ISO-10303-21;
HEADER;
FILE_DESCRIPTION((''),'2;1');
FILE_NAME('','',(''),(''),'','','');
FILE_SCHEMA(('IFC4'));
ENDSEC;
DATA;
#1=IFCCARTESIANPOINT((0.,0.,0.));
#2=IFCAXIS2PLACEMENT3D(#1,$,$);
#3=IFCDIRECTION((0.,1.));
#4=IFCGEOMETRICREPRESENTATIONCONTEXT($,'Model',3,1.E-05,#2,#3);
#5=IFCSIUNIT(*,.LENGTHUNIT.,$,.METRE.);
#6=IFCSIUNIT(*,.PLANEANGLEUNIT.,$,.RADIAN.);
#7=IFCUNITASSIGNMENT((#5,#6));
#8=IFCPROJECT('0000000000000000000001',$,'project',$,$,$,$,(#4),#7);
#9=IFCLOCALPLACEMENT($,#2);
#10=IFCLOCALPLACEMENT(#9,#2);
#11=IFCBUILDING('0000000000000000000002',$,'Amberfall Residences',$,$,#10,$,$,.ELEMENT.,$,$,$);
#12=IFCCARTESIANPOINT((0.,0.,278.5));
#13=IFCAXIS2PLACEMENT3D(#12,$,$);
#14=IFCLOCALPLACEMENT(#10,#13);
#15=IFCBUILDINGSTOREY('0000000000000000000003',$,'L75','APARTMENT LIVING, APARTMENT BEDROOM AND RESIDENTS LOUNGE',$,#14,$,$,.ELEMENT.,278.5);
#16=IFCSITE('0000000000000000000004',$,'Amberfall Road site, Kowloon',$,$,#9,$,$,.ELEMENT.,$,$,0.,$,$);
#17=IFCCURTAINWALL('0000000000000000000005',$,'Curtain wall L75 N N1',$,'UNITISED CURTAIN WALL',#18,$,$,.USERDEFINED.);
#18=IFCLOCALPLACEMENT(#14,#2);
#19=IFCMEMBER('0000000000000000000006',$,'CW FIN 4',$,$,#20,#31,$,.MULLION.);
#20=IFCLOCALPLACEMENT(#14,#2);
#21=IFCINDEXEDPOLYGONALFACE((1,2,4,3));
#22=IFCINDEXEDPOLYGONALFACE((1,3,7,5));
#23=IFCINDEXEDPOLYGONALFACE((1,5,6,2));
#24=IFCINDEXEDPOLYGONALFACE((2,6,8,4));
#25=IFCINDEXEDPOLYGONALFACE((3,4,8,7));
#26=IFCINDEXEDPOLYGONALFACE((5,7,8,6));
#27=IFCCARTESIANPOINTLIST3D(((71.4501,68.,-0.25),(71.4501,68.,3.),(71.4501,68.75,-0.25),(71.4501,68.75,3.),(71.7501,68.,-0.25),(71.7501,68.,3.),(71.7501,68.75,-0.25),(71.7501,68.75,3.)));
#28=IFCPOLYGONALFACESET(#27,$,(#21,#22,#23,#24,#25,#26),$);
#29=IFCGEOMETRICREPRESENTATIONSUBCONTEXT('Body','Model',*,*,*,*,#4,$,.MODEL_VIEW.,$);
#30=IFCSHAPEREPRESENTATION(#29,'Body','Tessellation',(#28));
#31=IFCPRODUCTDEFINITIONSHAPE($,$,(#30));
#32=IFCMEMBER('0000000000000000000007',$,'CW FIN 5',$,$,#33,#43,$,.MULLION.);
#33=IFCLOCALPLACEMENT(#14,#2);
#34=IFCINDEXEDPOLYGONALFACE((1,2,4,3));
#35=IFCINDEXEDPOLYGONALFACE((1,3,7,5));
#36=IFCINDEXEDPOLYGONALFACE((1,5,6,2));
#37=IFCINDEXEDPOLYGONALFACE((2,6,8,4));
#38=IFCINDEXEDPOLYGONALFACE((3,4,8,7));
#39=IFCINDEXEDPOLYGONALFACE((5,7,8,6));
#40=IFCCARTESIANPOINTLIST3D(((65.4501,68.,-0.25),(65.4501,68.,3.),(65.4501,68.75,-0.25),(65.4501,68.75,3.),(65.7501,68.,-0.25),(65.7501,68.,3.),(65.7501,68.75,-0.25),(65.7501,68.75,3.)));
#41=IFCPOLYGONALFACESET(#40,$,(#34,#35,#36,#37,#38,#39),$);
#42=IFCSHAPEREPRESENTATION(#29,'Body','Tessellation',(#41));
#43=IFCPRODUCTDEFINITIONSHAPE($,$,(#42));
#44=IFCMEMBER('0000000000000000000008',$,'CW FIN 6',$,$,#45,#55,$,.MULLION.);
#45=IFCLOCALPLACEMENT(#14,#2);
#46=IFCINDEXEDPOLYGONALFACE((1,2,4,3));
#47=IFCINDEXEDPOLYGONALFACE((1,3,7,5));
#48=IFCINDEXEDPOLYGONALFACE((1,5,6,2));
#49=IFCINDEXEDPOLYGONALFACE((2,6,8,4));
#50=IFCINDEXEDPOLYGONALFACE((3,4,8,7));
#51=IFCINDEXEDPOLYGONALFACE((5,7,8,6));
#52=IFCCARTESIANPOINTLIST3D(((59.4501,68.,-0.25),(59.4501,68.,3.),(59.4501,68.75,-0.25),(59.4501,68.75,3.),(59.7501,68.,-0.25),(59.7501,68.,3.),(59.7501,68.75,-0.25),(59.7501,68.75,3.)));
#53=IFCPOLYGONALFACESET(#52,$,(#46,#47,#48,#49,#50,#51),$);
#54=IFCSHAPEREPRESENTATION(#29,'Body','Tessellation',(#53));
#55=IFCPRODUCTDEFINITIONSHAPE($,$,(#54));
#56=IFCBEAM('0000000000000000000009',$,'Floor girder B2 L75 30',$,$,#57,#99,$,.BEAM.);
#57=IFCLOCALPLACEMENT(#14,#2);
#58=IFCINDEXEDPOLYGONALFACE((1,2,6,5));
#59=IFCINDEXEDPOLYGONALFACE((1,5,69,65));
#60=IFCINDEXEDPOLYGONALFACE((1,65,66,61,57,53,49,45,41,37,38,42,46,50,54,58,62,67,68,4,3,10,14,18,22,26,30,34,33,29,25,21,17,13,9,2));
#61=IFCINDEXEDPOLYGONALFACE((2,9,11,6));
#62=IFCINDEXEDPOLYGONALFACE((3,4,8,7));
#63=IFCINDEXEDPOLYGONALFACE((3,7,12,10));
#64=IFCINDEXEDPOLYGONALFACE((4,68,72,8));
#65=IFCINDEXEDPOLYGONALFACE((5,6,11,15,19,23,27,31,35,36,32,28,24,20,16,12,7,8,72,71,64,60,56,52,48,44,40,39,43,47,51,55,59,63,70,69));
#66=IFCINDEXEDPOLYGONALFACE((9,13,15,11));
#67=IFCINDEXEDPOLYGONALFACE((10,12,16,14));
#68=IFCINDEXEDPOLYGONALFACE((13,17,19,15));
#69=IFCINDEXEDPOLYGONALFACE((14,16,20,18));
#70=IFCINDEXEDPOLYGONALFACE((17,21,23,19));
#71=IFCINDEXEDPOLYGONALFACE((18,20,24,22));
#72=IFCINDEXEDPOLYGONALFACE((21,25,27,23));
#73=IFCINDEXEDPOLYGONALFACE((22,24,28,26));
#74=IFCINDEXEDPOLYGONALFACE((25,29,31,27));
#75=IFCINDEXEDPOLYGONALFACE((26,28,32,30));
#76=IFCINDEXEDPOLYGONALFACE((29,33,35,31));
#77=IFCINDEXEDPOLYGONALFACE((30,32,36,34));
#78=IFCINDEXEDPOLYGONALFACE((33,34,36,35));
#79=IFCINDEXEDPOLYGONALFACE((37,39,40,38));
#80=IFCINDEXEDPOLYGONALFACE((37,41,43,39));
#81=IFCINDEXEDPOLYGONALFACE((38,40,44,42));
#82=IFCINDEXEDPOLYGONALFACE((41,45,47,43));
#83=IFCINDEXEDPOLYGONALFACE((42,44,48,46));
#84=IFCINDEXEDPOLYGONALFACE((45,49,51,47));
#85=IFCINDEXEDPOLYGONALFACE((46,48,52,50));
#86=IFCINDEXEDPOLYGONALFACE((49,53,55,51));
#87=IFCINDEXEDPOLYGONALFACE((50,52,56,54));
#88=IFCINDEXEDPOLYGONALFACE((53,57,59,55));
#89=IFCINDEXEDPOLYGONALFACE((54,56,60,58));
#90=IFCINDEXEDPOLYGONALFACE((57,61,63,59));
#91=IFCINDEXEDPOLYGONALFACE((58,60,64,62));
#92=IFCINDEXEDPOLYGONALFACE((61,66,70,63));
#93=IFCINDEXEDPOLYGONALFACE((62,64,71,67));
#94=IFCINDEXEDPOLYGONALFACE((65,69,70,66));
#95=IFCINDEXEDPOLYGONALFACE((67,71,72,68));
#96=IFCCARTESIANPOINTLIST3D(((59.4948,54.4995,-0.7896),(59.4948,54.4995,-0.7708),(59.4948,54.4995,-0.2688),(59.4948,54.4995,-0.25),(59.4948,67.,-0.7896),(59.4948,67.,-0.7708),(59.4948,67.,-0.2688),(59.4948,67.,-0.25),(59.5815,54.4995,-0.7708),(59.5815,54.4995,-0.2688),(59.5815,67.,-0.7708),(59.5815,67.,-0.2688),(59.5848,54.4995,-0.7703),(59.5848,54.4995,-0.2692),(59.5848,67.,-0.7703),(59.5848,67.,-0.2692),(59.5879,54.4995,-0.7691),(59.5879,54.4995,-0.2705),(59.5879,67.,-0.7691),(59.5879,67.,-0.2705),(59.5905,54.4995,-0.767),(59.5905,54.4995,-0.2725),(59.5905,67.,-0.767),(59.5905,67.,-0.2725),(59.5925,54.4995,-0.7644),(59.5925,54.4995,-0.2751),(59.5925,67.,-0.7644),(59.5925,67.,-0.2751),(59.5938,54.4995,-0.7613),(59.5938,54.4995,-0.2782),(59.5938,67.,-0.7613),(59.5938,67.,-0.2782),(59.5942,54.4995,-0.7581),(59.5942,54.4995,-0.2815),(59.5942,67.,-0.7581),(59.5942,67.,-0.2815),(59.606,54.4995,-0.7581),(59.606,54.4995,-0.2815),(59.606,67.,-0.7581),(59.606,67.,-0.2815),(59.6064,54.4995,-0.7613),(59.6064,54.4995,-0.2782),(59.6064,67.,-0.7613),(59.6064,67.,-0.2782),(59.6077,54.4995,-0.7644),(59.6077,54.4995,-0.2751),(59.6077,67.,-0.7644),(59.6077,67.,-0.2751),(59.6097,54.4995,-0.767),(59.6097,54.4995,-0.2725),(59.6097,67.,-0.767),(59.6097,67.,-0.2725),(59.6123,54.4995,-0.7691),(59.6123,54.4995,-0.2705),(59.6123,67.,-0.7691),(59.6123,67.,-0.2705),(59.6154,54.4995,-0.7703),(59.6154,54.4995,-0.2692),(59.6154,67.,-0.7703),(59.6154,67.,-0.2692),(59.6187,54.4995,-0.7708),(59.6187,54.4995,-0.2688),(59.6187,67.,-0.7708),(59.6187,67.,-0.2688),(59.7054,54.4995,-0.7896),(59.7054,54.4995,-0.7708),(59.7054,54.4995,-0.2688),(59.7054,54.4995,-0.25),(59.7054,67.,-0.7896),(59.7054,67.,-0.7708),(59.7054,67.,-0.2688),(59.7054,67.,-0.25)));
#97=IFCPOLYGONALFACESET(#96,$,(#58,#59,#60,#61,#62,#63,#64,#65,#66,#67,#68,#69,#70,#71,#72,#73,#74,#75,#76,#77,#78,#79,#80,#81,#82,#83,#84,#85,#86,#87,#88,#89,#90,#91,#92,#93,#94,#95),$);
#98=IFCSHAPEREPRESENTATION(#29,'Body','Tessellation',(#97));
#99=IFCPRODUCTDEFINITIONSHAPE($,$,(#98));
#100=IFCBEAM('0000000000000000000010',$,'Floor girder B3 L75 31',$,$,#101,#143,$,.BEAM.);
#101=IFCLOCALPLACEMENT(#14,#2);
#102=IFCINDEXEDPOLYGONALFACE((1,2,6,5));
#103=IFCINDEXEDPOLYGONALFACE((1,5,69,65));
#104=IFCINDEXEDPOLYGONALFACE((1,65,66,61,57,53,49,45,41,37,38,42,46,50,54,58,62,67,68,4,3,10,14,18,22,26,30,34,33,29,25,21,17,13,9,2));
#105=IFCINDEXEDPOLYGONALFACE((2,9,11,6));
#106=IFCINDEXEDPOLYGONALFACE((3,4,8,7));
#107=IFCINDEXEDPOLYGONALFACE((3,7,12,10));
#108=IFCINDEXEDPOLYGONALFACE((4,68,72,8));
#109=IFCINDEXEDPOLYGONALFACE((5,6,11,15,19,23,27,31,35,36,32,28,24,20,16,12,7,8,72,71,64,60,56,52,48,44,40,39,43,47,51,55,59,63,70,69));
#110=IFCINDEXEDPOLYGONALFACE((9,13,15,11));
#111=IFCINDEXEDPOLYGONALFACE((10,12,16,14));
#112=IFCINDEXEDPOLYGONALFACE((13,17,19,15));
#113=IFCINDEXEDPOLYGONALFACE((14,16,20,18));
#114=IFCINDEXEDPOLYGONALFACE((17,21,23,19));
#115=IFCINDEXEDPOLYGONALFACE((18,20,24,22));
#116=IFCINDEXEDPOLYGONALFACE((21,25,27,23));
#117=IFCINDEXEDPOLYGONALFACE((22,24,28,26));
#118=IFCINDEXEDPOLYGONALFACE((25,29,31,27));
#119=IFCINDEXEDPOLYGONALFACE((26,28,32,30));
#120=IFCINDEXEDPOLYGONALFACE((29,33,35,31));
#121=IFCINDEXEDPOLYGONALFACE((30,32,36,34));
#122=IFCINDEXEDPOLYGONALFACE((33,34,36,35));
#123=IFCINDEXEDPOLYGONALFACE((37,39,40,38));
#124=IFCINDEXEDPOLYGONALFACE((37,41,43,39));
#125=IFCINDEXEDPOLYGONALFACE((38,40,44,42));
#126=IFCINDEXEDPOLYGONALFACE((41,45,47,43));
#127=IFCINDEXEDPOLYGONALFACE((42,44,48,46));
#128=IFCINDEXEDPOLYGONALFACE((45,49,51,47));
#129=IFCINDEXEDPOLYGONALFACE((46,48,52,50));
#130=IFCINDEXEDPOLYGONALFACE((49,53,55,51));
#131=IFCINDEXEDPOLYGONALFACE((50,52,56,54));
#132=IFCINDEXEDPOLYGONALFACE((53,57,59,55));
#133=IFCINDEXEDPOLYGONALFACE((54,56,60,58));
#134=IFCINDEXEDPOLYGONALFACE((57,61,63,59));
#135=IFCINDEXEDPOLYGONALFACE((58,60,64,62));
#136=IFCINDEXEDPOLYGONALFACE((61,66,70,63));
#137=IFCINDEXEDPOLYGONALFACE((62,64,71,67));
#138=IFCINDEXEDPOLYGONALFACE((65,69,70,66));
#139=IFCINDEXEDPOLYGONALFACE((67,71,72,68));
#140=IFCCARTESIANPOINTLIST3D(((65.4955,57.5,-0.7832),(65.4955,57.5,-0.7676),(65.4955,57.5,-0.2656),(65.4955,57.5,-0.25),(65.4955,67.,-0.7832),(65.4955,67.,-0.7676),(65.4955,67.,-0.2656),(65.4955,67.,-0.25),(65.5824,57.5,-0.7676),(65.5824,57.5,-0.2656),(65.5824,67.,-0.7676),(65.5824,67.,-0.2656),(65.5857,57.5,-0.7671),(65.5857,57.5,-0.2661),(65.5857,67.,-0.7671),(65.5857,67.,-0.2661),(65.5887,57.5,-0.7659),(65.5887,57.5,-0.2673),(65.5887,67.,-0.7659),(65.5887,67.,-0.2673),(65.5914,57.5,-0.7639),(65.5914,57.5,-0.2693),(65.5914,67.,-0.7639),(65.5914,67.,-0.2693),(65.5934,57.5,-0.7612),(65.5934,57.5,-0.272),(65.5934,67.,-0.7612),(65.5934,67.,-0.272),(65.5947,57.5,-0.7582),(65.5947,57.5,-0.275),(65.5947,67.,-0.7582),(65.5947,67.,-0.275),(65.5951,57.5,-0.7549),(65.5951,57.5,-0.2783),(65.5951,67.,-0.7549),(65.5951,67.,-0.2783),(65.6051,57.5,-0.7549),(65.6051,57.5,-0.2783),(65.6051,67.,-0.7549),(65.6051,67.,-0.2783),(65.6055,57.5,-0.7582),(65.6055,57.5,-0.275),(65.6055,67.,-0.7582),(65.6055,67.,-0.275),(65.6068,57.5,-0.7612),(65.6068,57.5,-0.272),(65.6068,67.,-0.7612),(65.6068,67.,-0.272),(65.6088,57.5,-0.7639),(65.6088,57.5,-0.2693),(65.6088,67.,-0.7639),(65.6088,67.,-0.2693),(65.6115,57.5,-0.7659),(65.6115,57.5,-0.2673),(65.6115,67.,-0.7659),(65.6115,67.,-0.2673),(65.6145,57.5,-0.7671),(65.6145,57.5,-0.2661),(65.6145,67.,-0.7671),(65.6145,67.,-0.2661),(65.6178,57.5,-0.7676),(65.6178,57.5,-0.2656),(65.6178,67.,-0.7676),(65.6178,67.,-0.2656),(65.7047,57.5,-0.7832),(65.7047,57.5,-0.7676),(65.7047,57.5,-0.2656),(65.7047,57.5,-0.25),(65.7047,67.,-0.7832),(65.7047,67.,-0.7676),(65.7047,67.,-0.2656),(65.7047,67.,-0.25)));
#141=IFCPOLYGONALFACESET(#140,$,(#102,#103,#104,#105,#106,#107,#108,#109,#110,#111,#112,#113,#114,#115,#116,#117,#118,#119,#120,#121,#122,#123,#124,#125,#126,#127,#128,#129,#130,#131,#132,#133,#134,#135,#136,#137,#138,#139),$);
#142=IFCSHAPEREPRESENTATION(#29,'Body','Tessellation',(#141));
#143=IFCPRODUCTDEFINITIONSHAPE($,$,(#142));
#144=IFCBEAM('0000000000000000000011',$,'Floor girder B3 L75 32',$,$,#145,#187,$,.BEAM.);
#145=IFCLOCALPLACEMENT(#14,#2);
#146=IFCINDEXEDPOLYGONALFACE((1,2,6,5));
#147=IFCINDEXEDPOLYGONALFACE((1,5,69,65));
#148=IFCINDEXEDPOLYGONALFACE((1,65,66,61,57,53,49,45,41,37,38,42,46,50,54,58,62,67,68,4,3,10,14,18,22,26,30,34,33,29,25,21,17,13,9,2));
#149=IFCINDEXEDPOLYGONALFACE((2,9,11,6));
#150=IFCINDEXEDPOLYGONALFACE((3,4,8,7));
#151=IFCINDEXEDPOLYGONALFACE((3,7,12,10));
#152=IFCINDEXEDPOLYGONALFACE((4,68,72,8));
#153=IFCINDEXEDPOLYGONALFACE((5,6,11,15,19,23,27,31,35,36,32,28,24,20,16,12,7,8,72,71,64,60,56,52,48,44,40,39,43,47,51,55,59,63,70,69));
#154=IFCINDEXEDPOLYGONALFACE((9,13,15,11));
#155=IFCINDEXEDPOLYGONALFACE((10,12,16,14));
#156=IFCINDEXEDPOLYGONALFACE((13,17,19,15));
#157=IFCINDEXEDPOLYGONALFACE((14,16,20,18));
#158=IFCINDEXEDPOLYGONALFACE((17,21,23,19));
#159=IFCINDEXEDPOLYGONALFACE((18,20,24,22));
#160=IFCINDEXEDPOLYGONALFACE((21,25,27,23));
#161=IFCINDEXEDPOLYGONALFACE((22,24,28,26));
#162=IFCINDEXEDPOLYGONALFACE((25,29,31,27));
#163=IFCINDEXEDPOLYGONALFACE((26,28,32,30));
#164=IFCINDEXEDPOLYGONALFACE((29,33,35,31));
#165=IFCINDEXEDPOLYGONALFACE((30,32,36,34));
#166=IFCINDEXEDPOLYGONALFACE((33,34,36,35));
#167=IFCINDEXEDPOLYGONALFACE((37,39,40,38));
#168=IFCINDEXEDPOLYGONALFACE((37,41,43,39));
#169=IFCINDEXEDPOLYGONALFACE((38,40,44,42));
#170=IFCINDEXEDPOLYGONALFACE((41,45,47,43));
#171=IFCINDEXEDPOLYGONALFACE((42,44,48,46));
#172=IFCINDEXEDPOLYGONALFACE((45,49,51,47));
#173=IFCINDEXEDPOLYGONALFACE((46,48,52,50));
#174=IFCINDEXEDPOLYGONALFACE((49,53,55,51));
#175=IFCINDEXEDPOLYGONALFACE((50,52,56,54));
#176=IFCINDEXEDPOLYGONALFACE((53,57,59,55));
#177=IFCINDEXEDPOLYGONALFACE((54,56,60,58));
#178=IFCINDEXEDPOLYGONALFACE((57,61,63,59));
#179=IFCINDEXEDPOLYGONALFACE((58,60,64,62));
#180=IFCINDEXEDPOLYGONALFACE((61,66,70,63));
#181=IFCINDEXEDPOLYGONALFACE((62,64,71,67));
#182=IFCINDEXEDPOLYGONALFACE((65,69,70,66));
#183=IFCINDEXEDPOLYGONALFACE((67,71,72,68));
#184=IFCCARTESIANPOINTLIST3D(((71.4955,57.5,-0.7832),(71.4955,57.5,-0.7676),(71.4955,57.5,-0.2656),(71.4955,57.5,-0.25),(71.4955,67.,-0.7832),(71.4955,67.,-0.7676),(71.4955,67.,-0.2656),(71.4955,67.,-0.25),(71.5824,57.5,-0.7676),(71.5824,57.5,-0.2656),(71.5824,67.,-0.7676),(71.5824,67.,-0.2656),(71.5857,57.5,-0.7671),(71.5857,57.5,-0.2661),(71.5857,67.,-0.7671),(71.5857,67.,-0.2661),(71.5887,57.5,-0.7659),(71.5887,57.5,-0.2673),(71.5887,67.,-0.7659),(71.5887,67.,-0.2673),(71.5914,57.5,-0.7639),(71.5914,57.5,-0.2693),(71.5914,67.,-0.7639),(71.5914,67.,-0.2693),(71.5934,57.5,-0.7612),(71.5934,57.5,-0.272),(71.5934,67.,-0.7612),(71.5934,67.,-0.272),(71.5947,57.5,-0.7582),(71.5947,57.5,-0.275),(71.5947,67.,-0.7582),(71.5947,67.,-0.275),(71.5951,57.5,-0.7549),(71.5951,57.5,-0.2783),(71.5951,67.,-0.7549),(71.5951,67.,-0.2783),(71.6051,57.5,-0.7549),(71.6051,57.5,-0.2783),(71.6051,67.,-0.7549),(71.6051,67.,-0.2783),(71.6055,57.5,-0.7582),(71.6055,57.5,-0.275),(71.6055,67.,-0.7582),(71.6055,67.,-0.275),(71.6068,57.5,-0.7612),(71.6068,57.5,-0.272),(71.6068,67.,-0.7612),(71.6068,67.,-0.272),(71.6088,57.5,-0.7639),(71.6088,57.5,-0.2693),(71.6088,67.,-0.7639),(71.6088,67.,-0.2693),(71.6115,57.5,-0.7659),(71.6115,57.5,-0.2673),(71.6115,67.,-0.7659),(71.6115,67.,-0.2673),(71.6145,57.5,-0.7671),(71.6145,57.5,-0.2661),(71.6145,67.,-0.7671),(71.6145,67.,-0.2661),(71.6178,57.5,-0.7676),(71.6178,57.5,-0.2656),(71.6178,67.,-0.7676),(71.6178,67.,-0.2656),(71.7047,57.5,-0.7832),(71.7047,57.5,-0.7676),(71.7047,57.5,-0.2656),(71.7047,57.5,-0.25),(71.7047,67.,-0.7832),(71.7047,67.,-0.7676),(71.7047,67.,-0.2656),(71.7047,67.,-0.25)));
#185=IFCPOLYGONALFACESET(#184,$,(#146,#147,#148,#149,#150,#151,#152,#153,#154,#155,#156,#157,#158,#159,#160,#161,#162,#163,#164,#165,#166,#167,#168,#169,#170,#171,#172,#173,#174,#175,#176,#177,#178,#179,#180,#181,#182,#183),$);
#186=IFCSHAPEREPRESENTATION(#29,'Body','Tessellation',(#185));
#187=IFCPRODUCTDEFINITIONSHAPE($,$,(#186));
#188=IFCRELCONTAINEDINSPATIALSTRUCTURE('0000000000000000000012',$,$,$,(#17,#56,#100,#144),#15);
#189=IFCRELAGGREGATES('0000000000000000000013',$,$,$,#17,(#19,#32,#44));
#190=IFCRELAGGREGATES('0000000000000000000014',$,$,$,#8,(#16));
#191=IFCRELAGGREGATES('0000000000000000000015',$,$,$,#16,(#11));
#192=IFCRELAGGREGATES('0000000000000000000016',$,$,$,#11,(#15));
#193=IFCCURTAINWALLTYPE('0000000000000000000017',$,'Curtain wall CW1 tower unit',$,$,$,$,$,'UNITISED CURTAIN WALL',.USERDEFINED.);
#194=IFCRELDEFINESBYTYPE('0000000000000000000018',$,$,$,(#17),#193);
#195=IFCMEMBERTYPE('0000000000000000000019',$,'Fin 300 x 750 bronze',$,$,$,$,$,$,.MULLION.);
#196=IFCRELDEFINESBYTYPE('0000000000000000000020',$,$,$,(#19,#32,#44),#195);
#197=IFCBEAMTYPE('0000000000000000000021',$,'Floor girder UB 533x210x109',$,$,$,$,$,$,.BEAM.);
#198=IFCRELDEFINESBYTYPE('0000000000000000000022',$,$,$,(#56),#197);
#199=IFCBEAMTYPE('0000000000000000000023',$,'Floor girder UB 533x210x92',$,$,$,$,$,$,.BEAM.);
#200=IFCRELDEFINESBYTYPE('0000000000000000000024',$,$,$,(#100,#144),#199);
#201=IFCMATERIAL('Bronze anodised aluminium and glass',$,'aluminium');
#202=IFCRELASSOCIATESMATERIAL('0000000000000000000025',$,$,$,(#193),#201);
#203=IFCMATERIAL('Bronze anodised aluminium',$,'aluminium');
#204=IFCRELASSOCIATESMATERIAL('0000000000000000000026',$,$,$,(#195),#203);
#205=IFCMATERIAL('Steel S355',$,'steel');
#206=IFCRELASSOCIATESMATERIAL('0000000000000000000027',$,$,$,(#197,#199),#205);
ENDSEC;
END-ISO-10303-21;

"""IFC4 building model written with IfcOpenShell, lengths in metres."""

from ifc_helpers import new_model, si_unit, direction, frame, origin, origin_2d, place, context, subcontext, project, spatial, rectangle, i_section, extrude, material, material_profile, profile_set, type_object, element, aggregate, save


model = new_model("IFC4")

# Units and contexts
model_context = context("Model", 3, precision=1e-05, world=origin(), true_north=direction((0.0, 1.0)))
body_context = subcontext(model_context, "Body", "Model", "MODEL_VIEW")
ifc_project = project(units=[si_unit("LENGTHUNIT", "METRE"), si_unit("PLANEANGLEUNIT", "RADIAN")], contexts=[model_context])

# Site, building, storey
site_placement = place(None, origin())
site = spatial("IfcSite", under=ifc_project, at=site_placement, Name="Amberfall Road site, Kowloon", CompositionType="ELEMENT", RefElevation=0.0)
building_placement = place(site_placement, origin())
building = spatial("IfcBuilding", under=site, at=building_placement, Name="Amberfall Residences", CompositionType="ELEMENT")
storey_placement = place(building_placement, frame((0.0, 0.0, 278.5)))
storey = spatial("IfcBuildingStorey", under=building, at=storey_placement, Name="L75", Description="APARTMENT LIVING, APARTMENT BEDROOM AND RESIDENTS LOUNGE", CompositionType="ELEMENT", Elevation=278.5)

# Curtain wall
ifc_material_1 = material(Name="Bronze anodised aluminium and glass", Category="aluminium")
curtain_wall_type = type_object("IfcCurtainWallType", Name="Curtain wall CW1 tower unit", ElementType="UNITISED CURTAIN WALL", PredefinedType="USERDEFINED", material=ifc_material_1)
curtain_wall_placement = place(storey_placement, origin())
curtain_wall = element("IfcCurtainWall", 1, at=curtain_wall_placement, inside=storey, type_object=curtain_wall_type, Name="Curtain wall L75 N N1", ObjectType="UNITISED CURTAIN WALL", PredefinedType="USERDEFINED")
ifc_material_2 = material(Name="Bronze anodised aluminium", Category="aluminium")

# Shared definitions
ifc_material_3 = material(Name="Steel S355", Category="steel")

# Members
ifc_material_profile_1 = material_profile(ifc_material_2, rectangle(XDim=0.75, YDim=0.3, at=origin_2d()), Name="Fin 300 x 750 bronze")
ifc_profile_set_1 = profile_set([ifc_material_profile_1], Name="Bronze anodised aluminium")
member_type_1 = type_object("IfcMemberType", Name="Fin 300 x 750 bronze", PredefinedType="MULLION", material=ifc_profile_set_1)
member_1_placement = place(storey_placement, frame((71.6001, 68.375, -0.25), z_axis=(0.0, 0.0, 1.0), x_axis=(0.0, -1.0, 0.0)))
member_1 = element("IfcMember", 2, at=member_1_placement, type_object=member_type_1, Name="CW FIN 4", PredefinedType="MULLION", context=body_context, shape_type="SweptSolid", body=[
    extrude(rectangle(XDim=0.75, YDim=0.3, at=origin_2d()), origin(), (0.0, 0.0, 1.0), 3.25),
])
member_2_placement = place(storey_placement, frame((65.6001, 68.375, -0.25), z_axis=(0.0, 0.0, 1.0), x_axis=(0.0, -1.0, 0.0)))
member_2 = element("IfcMember", 3, at=member_2_placement, type_object=member_type_1, Name="CW FIN 5", PredefinedType="MULLION", context=body_context, shape_type="SweptSolid", body=[
    extrude(rectangle(XDim=0.75, YDim=0.3, at=origin_2d()), origin(), (0.0, 0.0, 1.0), 3.25),
])
member_3_placement = place(storey_placement, frame((59.6001, 68.375, -0.25), z_axis=(0.0, 0.0, 1.0), x_axis=(0.0, -1.0, 0.0)))
member_3 = element("IfcMember", 4, at=member_3_placement, type_object=member_type_1, Name="CW FIN 6", PredefinedType="MULLION", context=body_context, shape_type="SweptSolid", body=[
    extrude(rectangle(XDim=0.75, YDim=0.3, at=origin_2d()), origin(), (0.0, 0.0, 1.0), 3.25),
])

# Beams
ifc_material_profile_2 = material_profile(ifc_material_3, i_section(OverallWidth=0.2107, OverallDepth=0.5396, WebThickness=0.0117, FlangeThickness=0.0188, FilletRadius=0.0127, at=origin_2d()), Name="UB 533x210x109")
ifc_profile_set_2 = profile_set([ifc_material_profile_2], Name="Steel S355")
beam_type_1 = type_object("IfcBeamType", Name="Floor girder UB 533x210x109", PredefinedType="BEAM", material=ifc_profile_set_2)
beam_placement = place(storey_placement, frame((59.6001, 67.0, -0.5198), z_axis=(0.0, -1.0, 0.0), x_axis=(1.0, 0.0, 0.0)))
element("IfcBeam", 5, at=beam_placement, inside=storey, type_object=beam_type_1, Name="Floor girder B2 L75 30", PredefinedType="BEAM", context=body_context, shape_type="SweptSolid", body=[
    extrude(i_section(OverallWidth=0.2107, OverallDepth=0.5396, WebThickness=0.0117, FlangeThickness=0.0188, FilletRadius=0.0127, at=origin_2d()), origin(), (0.0, 0.0, 1.0), 12.5005),
])
ifc_material_profile_3 = material_profile(ifc_material_3, i_section(OverallWidth=0.2092, OverallDepth=0.5332, WebThickness=0.01, FlangeThickness=0.0156, FilletRadius=0.0127, at=origin_2d()), Name="UB 533x210x92")
ifc_profile_set_3 = profile_set([ifc_material_profile_3], Name="Steel S355")
beam_type_2 = type_object("IfcBeamType", Name="Floor girder UB 533x210x92", PredefinedType="BEAM", material=ifc_profile_set_3)
for number, where, z_axis, x_axis, name in (
    (6, (65.6001, 67.0, -0.5166), (0.0, -1.0, 0.0), (1.0, 0.0, 0.0), "Floor girder B3 L75 31"),
    (7, (71.6001, 67.0, -0.5166), (0.0, -1.0, 0.0), (1.0, 0.0, 0.0), "Floor girder B3 L75 32"),
):
    element("IfcBeam", number, at=place(storey_placement, frame(where, z_axis=z_axis, x_axis=x_axis)), inside=storey, type_object=beam_type_2, Name=name, PredefinedType="BEAM", context=body_context, shape_type="SweptSolid", body=[
        extrude(i_section(OverallWidth=0.2092, OverallDepth=0.5332, WebThickness=0.01, FlangeThickness=0.0156, FilletRadius=0.0127, at=origin_2d()), origin(), (0.0, 0.0, 1.0), 9.5),
    ])

aggregate(curtain_wall, [member_1, member_2, member_3])

save(model, "model.ifc")
